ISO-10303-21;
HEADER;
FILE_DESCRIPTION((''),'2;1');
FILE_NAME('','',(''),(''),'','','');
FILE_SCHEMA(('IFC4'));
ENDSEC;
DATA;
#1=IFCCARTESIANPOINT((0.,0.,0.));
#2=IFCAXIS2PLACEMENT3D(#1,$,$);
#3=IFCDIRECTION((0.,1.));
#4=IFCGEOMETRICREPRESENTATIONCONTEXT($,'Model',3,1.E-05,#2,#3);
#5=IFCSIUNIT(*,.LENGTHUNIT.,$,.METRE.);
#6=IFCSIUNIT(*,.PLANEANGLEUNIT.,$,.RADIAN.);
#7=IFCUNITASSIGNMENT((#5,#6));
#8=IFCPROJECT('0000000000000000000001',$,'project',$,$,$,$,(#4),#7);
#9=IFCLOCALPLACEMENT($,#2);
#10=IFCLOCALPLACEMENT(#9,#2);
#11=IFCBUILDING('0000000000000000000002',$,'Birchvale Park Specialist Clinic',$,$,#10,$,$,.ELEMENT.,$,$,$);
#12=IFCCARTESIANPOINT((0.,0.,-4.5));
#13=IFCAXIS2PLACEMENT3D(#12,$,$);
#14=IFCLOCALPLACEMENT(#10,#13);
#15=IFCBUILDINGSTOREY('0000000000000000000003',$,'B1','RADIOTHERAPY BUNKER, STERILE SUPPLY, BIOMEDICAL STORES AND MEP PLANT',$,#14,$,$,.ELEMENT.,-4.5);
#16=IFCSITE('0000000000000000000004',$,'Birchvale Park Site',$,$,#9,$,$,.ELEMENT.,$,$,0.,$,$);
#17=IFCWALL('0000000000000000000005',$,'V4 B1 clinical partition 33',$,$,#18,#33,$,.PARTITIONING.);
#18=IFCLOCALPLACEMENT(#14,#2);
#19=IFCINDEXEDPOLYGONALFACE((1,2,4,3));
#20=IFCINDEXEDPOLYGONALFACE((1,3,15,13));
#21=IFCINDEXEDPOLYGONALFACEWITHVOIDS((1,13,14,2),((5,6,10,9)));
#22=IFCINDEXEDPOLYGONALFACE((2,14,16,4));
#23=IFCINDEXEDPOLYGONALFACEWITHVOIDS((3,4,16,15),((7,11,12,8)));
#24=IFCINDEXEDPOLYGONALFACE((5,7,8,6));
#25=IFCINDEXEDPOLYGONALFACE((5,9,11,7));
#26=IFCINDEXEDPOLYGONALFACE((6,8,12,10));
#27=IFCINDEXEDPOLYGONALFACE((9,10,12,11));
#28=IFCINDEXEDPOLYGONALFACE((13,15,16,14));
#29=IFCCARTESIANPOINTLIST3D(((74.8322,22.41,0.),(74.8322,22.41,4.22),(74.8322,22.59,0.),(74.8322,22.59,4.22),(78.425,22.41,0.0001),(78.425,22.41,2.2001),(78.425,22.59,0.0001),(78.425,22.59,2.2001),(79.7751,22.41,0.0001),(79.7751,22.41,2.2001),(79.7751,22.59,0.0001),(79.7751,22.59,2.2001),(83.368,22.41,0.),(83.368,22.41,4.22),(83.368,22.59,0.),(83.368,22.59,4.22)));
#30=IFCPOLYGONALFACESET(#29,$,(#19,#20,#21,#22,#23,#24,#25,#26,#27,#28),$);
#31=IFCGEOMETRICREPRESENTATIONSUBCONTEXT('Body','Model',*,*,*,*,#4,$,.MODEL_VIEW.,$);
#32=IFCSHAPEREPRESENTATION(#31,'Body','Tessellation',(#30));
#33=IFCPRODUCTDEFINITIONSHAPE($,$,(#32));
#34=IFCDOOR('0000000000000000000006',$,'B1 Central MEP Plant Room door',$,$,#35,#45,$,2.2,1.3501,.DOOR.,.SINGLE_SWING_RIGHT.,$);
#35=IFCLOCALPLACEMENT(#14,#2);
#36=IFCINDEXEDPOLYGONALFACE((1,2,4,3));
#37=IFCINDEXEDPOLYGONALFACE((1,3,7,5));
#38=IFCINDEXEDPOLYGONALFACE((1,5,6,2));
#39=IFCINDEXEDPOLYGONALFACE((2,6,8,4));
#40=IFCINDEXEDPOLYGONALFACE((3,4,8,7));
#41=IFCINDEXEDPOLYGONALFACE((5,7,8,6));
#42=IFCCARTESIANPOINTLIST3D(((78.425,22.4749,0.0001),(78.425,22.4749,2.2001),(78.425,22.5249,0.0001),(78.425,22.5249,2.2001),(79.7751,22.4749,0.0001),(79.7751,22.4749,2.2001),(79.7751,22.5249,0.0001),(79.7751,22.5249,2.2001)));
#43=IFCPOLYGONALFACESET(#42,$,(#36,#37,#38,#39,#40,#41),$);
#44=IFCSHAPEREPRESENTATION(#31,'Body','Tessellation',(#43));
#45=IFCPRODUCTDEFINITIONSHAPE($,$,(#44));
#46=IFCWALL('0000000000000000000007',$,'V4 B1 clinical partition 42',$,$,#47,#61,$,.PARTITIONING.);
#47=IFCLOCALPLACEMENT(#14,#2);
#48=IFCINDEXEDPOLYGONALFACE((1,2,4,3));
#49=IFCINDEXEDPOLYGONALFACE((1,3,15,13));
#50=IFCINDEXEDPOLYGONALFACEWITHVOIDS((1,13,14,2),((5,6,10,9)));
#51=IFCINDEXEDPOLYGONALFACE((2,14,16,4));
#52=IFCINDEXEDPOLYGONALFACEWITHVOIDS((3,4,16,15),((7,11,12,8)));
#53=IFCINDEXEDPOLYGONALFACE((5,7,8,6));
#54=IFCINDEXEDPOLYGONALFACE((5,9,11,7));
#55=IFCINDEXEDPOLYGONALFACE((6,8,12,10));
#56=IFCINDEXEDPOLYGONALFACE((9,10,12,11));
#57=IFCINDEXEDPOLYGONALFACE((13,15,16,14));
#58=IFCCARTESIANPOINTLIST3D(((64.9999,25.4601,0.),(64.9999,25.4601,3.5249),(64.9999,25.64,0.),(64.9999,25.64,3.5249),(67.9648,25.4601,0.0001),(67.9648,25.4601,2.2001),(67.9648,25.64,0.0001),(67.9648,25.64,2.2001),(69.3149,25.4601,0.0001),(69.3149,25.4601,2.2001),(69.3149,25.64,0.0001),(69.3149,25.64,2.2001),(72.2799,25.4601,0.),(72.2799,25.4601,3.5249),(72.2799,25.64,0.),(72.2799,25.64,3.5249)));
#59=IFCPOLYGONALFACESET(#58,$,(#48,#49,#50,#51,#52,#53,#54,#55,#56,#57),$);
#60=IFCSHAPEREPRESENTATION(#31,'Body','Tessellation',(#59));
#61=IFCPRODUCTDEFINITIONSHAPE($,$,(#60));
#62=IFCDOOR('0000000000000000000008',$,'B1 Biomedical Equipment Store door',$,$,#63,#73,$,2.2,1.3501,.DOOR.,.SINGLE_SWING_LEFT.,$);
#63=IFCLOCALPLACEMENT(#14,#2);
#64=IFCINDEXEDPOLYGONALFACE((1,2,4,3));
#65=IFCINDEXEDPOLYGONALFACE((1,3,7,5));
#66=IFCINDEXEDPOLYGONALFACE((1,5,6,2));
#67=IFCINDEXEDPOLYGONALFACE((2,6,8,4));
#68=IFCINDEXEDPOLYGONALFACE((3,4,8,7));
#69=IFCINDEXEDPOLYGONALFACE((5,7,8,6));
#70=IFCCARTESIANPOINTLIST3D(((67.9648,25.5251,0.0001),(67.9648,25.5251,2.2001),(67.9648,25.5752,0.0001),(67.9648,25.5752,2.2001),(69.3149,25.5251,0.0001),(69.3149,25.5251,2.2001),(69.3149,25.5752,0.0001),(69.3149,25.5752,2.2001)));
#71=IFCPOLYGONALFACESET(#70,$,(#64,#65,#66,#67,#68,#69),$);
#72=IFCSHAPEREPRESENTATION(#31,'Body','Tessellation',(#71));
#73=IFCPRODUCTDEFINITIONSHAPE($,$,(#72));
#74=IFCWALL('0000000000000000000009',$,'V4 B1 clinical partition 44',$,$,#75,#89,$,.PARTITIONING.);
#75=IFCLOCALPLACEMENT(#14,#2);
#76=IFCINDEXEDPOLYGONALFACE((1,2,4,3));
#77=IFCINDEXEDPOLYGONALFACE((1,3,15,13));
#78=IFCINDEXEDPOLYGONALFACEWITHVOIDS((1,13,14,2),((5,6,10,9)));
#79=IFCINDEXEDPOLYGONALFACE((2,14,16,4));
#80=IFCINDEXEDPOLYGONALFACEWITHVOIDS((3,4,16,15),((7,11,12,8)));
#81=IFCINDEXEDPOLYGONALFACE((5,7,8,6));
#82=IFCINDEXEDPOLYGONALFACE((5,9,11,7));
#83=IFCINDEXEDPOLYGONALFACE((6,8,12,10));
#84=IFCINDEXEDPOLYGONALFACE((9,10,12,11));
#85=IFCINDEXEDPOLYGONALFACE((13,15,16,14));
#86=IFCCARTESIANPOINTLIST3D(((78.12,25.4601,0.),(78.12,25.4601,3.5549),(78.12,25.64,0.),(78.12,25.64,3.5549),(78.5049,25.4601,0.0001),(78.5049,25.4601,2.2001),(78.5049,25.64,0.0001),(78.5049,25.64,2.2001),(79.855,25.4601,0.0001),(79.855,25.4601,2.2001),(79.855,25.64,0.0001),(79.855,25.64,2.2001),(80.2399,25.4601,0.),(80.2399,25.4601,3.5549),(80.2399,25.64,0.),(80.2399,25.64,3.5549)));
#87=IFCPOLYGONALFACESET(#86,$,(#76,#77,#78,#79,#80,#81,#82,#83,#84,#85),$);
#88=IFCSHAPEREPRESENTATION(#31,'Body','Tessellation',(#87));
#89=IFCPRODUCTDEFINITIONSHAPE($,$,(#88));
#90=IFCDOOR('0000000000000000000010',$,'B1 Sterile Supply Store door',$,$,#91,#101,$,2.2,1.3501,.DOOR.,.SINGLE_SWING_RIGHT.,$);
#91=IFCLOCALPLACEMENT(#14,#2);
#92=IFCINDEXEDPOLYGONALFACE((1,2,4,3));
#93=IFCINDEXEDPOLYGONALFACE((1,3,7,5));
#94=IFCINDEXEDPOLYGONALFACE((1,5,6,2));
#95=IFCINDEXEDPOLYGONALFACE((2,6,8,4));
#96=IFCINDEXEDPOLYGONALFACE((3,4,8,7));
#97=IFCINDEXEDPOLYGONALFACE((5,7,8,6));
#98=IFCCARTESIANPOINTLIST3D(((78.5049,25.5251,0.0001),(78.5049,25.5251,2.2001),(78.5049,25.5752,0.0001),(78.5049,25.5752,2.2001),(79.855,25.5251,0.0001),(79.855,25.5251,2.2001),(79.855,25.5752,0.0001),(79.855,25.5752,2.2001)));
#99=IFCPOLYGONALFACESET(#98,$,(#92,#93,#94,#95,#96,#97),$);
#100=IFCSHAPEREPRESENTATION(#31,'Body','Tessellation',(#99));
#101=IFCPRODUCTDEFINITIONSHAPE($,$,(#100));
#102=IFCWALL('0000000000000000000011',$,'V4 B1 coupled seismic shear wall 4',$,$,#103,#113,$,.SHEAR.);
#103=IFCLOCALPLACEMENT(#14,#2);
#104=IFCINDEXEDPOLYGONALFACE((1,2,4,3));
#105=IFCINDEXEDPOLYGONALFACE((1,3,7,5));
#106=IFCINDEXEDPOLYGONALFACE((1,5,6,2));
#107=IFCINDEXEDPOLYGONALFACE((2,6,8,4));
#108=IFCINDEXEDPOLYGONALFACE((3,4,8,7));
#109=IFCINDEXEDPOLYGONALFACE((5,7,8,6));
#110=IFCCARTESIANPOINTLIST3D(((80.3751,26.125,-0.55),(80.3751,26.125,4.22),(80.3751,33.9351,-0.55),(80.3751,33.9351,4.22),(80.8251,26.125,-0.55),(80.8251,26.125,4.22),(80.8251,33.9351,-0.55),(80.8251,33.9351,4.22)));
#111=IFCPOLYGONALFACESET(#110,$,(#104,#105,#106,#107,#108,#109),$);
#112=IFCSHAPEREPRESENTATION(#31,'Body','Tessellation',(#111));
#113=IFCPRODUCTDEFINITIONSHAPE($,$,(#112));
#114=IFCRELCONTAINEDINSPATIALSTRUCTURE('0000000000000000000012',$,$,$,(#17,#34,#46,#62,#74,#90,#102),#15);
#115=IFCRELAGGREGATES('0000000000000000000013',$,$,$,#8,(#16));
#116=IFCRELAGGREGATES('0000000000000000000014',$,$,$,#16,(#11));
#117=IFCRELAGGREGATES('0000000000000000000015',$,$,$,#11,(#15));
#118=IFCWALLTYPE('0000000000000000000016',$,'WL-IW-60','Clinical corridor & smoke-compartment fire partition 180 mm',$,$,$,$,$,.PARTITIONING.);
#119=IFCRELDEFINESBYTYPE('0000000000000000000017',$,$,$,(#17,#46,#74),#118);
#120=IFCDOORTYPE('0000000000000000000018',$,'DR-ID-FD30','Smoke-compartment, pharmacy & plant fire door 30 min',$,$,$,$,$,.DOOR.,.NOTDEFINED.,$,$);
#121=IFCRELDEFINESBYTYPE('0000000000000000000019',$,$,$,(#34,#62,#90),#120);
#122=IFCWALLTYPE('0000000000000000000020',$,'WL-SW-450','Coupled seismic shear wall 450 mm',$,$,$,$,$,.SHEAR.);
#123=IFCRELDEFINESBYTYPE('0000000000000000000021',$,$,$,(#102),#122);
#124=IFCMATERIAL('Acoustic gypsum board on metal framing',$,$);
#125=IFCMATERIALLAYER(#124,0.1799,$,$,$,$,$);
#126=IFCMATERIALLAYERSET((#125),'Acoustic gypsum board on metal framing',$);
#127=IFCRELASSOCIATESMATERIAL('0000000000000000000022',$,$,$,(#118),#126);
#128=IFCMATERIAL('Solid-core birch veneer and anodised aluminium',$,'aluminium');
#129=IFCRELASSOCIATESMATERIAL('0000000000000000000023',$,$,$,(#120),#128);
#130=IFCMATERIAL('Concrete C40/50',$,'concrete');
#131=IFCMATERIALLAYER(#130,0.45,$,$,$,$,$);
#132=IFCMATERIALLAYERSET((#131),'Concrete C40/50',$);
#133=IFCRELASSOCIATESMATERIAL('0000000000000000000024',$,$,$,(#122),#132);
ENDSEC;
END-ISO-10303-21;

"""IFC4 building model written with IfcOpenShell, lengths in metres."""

from ifc_helpers import new_model, si_unit, direction, frame, frame_2d, origin, place, context, subcontext, project, spatial, rectangle, extrude, material, layer, layer_set, type_object, element, fill, save


model = new_model("IFC4")

# Units and contexts
model_context = context("Model", 3, precision=1e-05, world=origin(), true_north=direction((0.0, 1.0)))
body_context = subcontext(model_context, "Body", "Model", "MODEL_VIEW")
ifc_project = project(units=[si_unit("LENGTHUNIT", "METRE"), si_unit("PLANEANGLEUNIT", "RADIAN")], contexts=[model_context])

# Site, building, storey
site_placement = place(None, origin())
site = spatial("IfcSite", under=ifc_project, at=site_placement, Name="Birchvale Park Site", CompositionType="ELEMENT", RefElevation=0.0)
building_placement = place(site_placement, origin())
building = spatial("IfcBuilding", under=site, at=building_placement, Name="Birchvale Park Specialist Clinic", CompositionType="ELEMENT")
storey_placement = place(building_placement, frame((0.0, 0.0, -4.5)))
storey = spatial("IfcBuildingStorey", under=building, at=storey_placement, Name="B1", Description="RADIOTHERAPY BUNKER, STERILE SUPPLY, BIOMEDICAL STORES AND MEP PLANT", CompositionType="ELEMENT", Elevation=-4.5)

# Shared definitions
ifc_material_1 = material(Name="Concrete C40/50", Category="concrete")

# Shared definitions
ifc_material_2 = material(Name="Acoustic gypsum board on metal framing")

# Shared definitions
ifc_material_3 = material(Name="Solid-core birch veneer and anodised aluminium", Category="aluminium")

# Walls, openings, doors
ifc_layer_1 = layer(ifc_material_2, 0.1799)
ifc_layer_set_1 = layer_set([ifc_layer_1], Name="Acoustic gypsum board on metal framing")
wall_type_1 = type_object("IfcWallType", Name="WL-IW-60", Description="Clinical corridor & smoke-compartment fire partition 180 mm", PredefinedType="PARTITIONING", material=ifc_layer_set_1)
wall_1_placement = place(storey_placement, frame((74.832, 22.5, 0.0), z_axis=(0.0, 0.0, 1.0), x_axis=(1.0, 0.0, 0.0)))
wall_1 = element("IfcWall", 1, at=wall_1_placement, inside=storey, type_object=wall_type_1, Name="V4 B1 clinical partition 33", PredefinedType="PARTITIONING", context=body_context, shape_type="SweptSolid", body=[
    extrude(rectangle(XDim=8.5359, YDim=0.1799, at=frame_2d((4.2681, 0.0))), origin(), (0.0, 0.0, 1.0), 4.22),
])
opening_1_placement = place(wall_1_placement, frame((3.593, 0.0, 0.0)))
opening_1 = element("IfcOpeningElement", 2, at=opening_1_placement, cuts=wall_1, PredefinedType="OPENING", context=body_context, shape_type="SweptSolid", body=[
    extrude(rectangle(XDim=1.3501, YDim=2.2, at=frame_2d((0.675, 1.1001))), frame((0.0, 0.1001, 0.0), z_axis=(0.0, -1.0, 0.0), x_axis=(1.0, 0.0, 0.0)), (0.0, 0.0, 1.0), 0.2),
])
door_type_1 = type_object("IfcDoorType", Name="DR-ID-FD30", Description="Smoke-compartment, pharmacy & plant fire door 30 min", OperationType="NOTDEFINED", PredefinedType="DOOR", material=ifc_material_3)
door_1_placement = place(opening_1_placement, origin())
door_1 = element("IfcDoor", 3, at=door_1_placement, inside=storey, type_object=door_type_1, Name="B1 Central MEP Plant Room door", OperationType="SINGLE_SWING_RIGHT", OverallHeight=2.2, OverallWidth=1.3501, PredefinedType="DOOR", context=body_context, shape_type="SweptSolid", body=[
    extrude(rectangle(XDim=1.3501, YDim=2.2, at=frame_2d((0.675, 1.1001))), frame((0.0, 0.0249, 0.0), z_axis=(0.0, -1.0, 0.0), x_axis=(1.0, 0.0, 0.0)), (0.0, 0.0, 1.0), 0.05),
])
fill(opening_1, door_1)
wall_2_placement = place(storey_placement, frame((72.28, 25.55, 0.0), z_axis=(0.0, 0.0, 1.0), x_axis=(-1.0, 0.0, 0.0)))
wall_2 = element("IfcWall", 4, at=wall_2_placement, inside=storey, type_object=wall_type_1, Name="V4 B1 clinical partition 42", PredefinedType="PARTITIONING", context=body_context, shape_type="SweptSolid", body=[
    extrude(rectangle(XDim=7.28, YDim=0.1799, at=frame_2d((3.6401, 0.0))), origin(), (0.0, 0.0, 1.0), 3.5249),
])
opening_2_placement = place(wall_2_placement, frame((2.9651, 0.0, 0.0)))
opening_2 = element("IfcOpeningElement", 5, at=opening_2_placement, cuts=wall_2, PredefinedType="OPENING", context=body_context, shape_type="SweptSolid", body=[
    extrude(rectangle(XDim=1.3501, YDim=2.2, at=frame_2d((0.675, 1.1001))), frame((0.0, 0.1001, 0.0), z_axis=(0.0, -1.0, 0.0), x_axis=(1.0, 0.0, 0.0)), (0.0, 0.0, 1.0), 0.2),
])
door_2_placement = place(opening_2_placement, origin())
door_2 = element("IfcDoor", 6, at=door_2_placement, inside=storey, type_object=door_type_1, Name="B1 Biomedical Equipment Store door", OperationType="SINGLE_SWING_LEFT", OverallHeight=2.2, OverallWidth=1.3501, PredefinedType="DOOR", context=body_context, shape_type="SweptSolid", body=[
    extrude(rectangle(XDim=1.3501, YDim=2.2, at=frame_2d((0.675, 1.1001))), frame((0.0, 0.0249, 0.0), z_axis=(0.0, -1.0, 0.0), x_axis=(1.0, 0.0, 0.0)), (0.0, 0.0, 1.0), 0.05),
])
fill(opening_2, door_2)
wall_3_placement = place(storey_placement, frame((80.24, 25.55, 0.0), z_axis=(0.0, 0.0, 1.0), x_axis=(-1.0, 0.0, 0.0)))
wall_3 = element("IfcWall", 7, at=wall_3_placement, inside=storey, type_object=wall_type_1, Name="V4 B1 clinical partition 44", PredefinedType="PARTITIONING", context=body_context, shape_type="SweptSolid", body=[
    extrude(rectangle(XDim=2.1199, YDim=0.1799, at=frame_2d((1.0601, 0.0))), origin(), (0.0, 0.0, 1.0), 3.5549),
])
opening_3_placement = place(wall_3_placement, frame((0.385, 0.0, 0.0)))
opening_3 = element("IfcOpeningElement", 8, at=opening_3_placement, cuts=wall_3, PredefinedType="OPENING", context=body_context, shape_type="SweptSolid", body=[
    extrude(rectangle(XDim=1.3501, YDim=2.2, at=frame_2d((0.675, 1.1001))), frame((0.0, 0.1001, 0.0), z_axis=(0.0, -1.0, 0.0), x_axis=(1.0, 0.0, 0.0)), (0.0, 0.0, 1.0), 0.2),
])
door_3_placement = place(opening_3_placement, origin())
door_3 = element("IfcDoor", 9, at=door_3_placement, inside=storey, type_object=door_type_1, Name="B1 Sterile Supply Store door", OperationType="SINGLE_SWING_RIGHT", OverallHeight=2.2, OverallWidth=1.3501, PredefinedType="DOOR", context=body_context, shape_type="SweptSolid", body=[
    extrude(rectangle(XDim=1.3501, YDim=2.2, at=frame_2d((0.675, 1.1001))), frame((0.0, 0.0249, 0.0), z_axis=(0.0, -1.0, 0.0), x_axis=(1.0, 0.0, 0.0)), (0.0, 0.0, 1.0), 0.05),
])
fill(opening_3, door_3)

# Wall
ifc_layer_2 = layer(ifc_material_1, 0.45)
ifc_layer_set_2 = layer_set([ifc_layer_2], Name="Concrete C40/50")
wall_type_2 = type_object("IfcWallType", Name="WL-SW-450", Description="Coupled seismic shear wall 450 mm", PredefinedType="SHEAR", material=ifc_layer_set_2)
wall_4_placement = place(storey_placement, frame((80.6001, 26.125, -0.55), z_axis=(0.0, 0.0, 1.0), x_axis=(0.0, 1.0, 0.0)))
element("IfcWall", 10, at=wall_4_placement, inside=storey, type_object=wall_type_2, Name="V4 B1 coupled seismic shear wall 4", PredefinedType="SHEAR", context=body_context, shape_type="SweptSolid", body=[
    extrude(rectangle(XDim=7.8101, YDim=0.45, at=frame_2d((3.905, 0.0))), origin(), (0.0, 0.0, 1.0), 4.77),
])

save(model, "model.ifc")
